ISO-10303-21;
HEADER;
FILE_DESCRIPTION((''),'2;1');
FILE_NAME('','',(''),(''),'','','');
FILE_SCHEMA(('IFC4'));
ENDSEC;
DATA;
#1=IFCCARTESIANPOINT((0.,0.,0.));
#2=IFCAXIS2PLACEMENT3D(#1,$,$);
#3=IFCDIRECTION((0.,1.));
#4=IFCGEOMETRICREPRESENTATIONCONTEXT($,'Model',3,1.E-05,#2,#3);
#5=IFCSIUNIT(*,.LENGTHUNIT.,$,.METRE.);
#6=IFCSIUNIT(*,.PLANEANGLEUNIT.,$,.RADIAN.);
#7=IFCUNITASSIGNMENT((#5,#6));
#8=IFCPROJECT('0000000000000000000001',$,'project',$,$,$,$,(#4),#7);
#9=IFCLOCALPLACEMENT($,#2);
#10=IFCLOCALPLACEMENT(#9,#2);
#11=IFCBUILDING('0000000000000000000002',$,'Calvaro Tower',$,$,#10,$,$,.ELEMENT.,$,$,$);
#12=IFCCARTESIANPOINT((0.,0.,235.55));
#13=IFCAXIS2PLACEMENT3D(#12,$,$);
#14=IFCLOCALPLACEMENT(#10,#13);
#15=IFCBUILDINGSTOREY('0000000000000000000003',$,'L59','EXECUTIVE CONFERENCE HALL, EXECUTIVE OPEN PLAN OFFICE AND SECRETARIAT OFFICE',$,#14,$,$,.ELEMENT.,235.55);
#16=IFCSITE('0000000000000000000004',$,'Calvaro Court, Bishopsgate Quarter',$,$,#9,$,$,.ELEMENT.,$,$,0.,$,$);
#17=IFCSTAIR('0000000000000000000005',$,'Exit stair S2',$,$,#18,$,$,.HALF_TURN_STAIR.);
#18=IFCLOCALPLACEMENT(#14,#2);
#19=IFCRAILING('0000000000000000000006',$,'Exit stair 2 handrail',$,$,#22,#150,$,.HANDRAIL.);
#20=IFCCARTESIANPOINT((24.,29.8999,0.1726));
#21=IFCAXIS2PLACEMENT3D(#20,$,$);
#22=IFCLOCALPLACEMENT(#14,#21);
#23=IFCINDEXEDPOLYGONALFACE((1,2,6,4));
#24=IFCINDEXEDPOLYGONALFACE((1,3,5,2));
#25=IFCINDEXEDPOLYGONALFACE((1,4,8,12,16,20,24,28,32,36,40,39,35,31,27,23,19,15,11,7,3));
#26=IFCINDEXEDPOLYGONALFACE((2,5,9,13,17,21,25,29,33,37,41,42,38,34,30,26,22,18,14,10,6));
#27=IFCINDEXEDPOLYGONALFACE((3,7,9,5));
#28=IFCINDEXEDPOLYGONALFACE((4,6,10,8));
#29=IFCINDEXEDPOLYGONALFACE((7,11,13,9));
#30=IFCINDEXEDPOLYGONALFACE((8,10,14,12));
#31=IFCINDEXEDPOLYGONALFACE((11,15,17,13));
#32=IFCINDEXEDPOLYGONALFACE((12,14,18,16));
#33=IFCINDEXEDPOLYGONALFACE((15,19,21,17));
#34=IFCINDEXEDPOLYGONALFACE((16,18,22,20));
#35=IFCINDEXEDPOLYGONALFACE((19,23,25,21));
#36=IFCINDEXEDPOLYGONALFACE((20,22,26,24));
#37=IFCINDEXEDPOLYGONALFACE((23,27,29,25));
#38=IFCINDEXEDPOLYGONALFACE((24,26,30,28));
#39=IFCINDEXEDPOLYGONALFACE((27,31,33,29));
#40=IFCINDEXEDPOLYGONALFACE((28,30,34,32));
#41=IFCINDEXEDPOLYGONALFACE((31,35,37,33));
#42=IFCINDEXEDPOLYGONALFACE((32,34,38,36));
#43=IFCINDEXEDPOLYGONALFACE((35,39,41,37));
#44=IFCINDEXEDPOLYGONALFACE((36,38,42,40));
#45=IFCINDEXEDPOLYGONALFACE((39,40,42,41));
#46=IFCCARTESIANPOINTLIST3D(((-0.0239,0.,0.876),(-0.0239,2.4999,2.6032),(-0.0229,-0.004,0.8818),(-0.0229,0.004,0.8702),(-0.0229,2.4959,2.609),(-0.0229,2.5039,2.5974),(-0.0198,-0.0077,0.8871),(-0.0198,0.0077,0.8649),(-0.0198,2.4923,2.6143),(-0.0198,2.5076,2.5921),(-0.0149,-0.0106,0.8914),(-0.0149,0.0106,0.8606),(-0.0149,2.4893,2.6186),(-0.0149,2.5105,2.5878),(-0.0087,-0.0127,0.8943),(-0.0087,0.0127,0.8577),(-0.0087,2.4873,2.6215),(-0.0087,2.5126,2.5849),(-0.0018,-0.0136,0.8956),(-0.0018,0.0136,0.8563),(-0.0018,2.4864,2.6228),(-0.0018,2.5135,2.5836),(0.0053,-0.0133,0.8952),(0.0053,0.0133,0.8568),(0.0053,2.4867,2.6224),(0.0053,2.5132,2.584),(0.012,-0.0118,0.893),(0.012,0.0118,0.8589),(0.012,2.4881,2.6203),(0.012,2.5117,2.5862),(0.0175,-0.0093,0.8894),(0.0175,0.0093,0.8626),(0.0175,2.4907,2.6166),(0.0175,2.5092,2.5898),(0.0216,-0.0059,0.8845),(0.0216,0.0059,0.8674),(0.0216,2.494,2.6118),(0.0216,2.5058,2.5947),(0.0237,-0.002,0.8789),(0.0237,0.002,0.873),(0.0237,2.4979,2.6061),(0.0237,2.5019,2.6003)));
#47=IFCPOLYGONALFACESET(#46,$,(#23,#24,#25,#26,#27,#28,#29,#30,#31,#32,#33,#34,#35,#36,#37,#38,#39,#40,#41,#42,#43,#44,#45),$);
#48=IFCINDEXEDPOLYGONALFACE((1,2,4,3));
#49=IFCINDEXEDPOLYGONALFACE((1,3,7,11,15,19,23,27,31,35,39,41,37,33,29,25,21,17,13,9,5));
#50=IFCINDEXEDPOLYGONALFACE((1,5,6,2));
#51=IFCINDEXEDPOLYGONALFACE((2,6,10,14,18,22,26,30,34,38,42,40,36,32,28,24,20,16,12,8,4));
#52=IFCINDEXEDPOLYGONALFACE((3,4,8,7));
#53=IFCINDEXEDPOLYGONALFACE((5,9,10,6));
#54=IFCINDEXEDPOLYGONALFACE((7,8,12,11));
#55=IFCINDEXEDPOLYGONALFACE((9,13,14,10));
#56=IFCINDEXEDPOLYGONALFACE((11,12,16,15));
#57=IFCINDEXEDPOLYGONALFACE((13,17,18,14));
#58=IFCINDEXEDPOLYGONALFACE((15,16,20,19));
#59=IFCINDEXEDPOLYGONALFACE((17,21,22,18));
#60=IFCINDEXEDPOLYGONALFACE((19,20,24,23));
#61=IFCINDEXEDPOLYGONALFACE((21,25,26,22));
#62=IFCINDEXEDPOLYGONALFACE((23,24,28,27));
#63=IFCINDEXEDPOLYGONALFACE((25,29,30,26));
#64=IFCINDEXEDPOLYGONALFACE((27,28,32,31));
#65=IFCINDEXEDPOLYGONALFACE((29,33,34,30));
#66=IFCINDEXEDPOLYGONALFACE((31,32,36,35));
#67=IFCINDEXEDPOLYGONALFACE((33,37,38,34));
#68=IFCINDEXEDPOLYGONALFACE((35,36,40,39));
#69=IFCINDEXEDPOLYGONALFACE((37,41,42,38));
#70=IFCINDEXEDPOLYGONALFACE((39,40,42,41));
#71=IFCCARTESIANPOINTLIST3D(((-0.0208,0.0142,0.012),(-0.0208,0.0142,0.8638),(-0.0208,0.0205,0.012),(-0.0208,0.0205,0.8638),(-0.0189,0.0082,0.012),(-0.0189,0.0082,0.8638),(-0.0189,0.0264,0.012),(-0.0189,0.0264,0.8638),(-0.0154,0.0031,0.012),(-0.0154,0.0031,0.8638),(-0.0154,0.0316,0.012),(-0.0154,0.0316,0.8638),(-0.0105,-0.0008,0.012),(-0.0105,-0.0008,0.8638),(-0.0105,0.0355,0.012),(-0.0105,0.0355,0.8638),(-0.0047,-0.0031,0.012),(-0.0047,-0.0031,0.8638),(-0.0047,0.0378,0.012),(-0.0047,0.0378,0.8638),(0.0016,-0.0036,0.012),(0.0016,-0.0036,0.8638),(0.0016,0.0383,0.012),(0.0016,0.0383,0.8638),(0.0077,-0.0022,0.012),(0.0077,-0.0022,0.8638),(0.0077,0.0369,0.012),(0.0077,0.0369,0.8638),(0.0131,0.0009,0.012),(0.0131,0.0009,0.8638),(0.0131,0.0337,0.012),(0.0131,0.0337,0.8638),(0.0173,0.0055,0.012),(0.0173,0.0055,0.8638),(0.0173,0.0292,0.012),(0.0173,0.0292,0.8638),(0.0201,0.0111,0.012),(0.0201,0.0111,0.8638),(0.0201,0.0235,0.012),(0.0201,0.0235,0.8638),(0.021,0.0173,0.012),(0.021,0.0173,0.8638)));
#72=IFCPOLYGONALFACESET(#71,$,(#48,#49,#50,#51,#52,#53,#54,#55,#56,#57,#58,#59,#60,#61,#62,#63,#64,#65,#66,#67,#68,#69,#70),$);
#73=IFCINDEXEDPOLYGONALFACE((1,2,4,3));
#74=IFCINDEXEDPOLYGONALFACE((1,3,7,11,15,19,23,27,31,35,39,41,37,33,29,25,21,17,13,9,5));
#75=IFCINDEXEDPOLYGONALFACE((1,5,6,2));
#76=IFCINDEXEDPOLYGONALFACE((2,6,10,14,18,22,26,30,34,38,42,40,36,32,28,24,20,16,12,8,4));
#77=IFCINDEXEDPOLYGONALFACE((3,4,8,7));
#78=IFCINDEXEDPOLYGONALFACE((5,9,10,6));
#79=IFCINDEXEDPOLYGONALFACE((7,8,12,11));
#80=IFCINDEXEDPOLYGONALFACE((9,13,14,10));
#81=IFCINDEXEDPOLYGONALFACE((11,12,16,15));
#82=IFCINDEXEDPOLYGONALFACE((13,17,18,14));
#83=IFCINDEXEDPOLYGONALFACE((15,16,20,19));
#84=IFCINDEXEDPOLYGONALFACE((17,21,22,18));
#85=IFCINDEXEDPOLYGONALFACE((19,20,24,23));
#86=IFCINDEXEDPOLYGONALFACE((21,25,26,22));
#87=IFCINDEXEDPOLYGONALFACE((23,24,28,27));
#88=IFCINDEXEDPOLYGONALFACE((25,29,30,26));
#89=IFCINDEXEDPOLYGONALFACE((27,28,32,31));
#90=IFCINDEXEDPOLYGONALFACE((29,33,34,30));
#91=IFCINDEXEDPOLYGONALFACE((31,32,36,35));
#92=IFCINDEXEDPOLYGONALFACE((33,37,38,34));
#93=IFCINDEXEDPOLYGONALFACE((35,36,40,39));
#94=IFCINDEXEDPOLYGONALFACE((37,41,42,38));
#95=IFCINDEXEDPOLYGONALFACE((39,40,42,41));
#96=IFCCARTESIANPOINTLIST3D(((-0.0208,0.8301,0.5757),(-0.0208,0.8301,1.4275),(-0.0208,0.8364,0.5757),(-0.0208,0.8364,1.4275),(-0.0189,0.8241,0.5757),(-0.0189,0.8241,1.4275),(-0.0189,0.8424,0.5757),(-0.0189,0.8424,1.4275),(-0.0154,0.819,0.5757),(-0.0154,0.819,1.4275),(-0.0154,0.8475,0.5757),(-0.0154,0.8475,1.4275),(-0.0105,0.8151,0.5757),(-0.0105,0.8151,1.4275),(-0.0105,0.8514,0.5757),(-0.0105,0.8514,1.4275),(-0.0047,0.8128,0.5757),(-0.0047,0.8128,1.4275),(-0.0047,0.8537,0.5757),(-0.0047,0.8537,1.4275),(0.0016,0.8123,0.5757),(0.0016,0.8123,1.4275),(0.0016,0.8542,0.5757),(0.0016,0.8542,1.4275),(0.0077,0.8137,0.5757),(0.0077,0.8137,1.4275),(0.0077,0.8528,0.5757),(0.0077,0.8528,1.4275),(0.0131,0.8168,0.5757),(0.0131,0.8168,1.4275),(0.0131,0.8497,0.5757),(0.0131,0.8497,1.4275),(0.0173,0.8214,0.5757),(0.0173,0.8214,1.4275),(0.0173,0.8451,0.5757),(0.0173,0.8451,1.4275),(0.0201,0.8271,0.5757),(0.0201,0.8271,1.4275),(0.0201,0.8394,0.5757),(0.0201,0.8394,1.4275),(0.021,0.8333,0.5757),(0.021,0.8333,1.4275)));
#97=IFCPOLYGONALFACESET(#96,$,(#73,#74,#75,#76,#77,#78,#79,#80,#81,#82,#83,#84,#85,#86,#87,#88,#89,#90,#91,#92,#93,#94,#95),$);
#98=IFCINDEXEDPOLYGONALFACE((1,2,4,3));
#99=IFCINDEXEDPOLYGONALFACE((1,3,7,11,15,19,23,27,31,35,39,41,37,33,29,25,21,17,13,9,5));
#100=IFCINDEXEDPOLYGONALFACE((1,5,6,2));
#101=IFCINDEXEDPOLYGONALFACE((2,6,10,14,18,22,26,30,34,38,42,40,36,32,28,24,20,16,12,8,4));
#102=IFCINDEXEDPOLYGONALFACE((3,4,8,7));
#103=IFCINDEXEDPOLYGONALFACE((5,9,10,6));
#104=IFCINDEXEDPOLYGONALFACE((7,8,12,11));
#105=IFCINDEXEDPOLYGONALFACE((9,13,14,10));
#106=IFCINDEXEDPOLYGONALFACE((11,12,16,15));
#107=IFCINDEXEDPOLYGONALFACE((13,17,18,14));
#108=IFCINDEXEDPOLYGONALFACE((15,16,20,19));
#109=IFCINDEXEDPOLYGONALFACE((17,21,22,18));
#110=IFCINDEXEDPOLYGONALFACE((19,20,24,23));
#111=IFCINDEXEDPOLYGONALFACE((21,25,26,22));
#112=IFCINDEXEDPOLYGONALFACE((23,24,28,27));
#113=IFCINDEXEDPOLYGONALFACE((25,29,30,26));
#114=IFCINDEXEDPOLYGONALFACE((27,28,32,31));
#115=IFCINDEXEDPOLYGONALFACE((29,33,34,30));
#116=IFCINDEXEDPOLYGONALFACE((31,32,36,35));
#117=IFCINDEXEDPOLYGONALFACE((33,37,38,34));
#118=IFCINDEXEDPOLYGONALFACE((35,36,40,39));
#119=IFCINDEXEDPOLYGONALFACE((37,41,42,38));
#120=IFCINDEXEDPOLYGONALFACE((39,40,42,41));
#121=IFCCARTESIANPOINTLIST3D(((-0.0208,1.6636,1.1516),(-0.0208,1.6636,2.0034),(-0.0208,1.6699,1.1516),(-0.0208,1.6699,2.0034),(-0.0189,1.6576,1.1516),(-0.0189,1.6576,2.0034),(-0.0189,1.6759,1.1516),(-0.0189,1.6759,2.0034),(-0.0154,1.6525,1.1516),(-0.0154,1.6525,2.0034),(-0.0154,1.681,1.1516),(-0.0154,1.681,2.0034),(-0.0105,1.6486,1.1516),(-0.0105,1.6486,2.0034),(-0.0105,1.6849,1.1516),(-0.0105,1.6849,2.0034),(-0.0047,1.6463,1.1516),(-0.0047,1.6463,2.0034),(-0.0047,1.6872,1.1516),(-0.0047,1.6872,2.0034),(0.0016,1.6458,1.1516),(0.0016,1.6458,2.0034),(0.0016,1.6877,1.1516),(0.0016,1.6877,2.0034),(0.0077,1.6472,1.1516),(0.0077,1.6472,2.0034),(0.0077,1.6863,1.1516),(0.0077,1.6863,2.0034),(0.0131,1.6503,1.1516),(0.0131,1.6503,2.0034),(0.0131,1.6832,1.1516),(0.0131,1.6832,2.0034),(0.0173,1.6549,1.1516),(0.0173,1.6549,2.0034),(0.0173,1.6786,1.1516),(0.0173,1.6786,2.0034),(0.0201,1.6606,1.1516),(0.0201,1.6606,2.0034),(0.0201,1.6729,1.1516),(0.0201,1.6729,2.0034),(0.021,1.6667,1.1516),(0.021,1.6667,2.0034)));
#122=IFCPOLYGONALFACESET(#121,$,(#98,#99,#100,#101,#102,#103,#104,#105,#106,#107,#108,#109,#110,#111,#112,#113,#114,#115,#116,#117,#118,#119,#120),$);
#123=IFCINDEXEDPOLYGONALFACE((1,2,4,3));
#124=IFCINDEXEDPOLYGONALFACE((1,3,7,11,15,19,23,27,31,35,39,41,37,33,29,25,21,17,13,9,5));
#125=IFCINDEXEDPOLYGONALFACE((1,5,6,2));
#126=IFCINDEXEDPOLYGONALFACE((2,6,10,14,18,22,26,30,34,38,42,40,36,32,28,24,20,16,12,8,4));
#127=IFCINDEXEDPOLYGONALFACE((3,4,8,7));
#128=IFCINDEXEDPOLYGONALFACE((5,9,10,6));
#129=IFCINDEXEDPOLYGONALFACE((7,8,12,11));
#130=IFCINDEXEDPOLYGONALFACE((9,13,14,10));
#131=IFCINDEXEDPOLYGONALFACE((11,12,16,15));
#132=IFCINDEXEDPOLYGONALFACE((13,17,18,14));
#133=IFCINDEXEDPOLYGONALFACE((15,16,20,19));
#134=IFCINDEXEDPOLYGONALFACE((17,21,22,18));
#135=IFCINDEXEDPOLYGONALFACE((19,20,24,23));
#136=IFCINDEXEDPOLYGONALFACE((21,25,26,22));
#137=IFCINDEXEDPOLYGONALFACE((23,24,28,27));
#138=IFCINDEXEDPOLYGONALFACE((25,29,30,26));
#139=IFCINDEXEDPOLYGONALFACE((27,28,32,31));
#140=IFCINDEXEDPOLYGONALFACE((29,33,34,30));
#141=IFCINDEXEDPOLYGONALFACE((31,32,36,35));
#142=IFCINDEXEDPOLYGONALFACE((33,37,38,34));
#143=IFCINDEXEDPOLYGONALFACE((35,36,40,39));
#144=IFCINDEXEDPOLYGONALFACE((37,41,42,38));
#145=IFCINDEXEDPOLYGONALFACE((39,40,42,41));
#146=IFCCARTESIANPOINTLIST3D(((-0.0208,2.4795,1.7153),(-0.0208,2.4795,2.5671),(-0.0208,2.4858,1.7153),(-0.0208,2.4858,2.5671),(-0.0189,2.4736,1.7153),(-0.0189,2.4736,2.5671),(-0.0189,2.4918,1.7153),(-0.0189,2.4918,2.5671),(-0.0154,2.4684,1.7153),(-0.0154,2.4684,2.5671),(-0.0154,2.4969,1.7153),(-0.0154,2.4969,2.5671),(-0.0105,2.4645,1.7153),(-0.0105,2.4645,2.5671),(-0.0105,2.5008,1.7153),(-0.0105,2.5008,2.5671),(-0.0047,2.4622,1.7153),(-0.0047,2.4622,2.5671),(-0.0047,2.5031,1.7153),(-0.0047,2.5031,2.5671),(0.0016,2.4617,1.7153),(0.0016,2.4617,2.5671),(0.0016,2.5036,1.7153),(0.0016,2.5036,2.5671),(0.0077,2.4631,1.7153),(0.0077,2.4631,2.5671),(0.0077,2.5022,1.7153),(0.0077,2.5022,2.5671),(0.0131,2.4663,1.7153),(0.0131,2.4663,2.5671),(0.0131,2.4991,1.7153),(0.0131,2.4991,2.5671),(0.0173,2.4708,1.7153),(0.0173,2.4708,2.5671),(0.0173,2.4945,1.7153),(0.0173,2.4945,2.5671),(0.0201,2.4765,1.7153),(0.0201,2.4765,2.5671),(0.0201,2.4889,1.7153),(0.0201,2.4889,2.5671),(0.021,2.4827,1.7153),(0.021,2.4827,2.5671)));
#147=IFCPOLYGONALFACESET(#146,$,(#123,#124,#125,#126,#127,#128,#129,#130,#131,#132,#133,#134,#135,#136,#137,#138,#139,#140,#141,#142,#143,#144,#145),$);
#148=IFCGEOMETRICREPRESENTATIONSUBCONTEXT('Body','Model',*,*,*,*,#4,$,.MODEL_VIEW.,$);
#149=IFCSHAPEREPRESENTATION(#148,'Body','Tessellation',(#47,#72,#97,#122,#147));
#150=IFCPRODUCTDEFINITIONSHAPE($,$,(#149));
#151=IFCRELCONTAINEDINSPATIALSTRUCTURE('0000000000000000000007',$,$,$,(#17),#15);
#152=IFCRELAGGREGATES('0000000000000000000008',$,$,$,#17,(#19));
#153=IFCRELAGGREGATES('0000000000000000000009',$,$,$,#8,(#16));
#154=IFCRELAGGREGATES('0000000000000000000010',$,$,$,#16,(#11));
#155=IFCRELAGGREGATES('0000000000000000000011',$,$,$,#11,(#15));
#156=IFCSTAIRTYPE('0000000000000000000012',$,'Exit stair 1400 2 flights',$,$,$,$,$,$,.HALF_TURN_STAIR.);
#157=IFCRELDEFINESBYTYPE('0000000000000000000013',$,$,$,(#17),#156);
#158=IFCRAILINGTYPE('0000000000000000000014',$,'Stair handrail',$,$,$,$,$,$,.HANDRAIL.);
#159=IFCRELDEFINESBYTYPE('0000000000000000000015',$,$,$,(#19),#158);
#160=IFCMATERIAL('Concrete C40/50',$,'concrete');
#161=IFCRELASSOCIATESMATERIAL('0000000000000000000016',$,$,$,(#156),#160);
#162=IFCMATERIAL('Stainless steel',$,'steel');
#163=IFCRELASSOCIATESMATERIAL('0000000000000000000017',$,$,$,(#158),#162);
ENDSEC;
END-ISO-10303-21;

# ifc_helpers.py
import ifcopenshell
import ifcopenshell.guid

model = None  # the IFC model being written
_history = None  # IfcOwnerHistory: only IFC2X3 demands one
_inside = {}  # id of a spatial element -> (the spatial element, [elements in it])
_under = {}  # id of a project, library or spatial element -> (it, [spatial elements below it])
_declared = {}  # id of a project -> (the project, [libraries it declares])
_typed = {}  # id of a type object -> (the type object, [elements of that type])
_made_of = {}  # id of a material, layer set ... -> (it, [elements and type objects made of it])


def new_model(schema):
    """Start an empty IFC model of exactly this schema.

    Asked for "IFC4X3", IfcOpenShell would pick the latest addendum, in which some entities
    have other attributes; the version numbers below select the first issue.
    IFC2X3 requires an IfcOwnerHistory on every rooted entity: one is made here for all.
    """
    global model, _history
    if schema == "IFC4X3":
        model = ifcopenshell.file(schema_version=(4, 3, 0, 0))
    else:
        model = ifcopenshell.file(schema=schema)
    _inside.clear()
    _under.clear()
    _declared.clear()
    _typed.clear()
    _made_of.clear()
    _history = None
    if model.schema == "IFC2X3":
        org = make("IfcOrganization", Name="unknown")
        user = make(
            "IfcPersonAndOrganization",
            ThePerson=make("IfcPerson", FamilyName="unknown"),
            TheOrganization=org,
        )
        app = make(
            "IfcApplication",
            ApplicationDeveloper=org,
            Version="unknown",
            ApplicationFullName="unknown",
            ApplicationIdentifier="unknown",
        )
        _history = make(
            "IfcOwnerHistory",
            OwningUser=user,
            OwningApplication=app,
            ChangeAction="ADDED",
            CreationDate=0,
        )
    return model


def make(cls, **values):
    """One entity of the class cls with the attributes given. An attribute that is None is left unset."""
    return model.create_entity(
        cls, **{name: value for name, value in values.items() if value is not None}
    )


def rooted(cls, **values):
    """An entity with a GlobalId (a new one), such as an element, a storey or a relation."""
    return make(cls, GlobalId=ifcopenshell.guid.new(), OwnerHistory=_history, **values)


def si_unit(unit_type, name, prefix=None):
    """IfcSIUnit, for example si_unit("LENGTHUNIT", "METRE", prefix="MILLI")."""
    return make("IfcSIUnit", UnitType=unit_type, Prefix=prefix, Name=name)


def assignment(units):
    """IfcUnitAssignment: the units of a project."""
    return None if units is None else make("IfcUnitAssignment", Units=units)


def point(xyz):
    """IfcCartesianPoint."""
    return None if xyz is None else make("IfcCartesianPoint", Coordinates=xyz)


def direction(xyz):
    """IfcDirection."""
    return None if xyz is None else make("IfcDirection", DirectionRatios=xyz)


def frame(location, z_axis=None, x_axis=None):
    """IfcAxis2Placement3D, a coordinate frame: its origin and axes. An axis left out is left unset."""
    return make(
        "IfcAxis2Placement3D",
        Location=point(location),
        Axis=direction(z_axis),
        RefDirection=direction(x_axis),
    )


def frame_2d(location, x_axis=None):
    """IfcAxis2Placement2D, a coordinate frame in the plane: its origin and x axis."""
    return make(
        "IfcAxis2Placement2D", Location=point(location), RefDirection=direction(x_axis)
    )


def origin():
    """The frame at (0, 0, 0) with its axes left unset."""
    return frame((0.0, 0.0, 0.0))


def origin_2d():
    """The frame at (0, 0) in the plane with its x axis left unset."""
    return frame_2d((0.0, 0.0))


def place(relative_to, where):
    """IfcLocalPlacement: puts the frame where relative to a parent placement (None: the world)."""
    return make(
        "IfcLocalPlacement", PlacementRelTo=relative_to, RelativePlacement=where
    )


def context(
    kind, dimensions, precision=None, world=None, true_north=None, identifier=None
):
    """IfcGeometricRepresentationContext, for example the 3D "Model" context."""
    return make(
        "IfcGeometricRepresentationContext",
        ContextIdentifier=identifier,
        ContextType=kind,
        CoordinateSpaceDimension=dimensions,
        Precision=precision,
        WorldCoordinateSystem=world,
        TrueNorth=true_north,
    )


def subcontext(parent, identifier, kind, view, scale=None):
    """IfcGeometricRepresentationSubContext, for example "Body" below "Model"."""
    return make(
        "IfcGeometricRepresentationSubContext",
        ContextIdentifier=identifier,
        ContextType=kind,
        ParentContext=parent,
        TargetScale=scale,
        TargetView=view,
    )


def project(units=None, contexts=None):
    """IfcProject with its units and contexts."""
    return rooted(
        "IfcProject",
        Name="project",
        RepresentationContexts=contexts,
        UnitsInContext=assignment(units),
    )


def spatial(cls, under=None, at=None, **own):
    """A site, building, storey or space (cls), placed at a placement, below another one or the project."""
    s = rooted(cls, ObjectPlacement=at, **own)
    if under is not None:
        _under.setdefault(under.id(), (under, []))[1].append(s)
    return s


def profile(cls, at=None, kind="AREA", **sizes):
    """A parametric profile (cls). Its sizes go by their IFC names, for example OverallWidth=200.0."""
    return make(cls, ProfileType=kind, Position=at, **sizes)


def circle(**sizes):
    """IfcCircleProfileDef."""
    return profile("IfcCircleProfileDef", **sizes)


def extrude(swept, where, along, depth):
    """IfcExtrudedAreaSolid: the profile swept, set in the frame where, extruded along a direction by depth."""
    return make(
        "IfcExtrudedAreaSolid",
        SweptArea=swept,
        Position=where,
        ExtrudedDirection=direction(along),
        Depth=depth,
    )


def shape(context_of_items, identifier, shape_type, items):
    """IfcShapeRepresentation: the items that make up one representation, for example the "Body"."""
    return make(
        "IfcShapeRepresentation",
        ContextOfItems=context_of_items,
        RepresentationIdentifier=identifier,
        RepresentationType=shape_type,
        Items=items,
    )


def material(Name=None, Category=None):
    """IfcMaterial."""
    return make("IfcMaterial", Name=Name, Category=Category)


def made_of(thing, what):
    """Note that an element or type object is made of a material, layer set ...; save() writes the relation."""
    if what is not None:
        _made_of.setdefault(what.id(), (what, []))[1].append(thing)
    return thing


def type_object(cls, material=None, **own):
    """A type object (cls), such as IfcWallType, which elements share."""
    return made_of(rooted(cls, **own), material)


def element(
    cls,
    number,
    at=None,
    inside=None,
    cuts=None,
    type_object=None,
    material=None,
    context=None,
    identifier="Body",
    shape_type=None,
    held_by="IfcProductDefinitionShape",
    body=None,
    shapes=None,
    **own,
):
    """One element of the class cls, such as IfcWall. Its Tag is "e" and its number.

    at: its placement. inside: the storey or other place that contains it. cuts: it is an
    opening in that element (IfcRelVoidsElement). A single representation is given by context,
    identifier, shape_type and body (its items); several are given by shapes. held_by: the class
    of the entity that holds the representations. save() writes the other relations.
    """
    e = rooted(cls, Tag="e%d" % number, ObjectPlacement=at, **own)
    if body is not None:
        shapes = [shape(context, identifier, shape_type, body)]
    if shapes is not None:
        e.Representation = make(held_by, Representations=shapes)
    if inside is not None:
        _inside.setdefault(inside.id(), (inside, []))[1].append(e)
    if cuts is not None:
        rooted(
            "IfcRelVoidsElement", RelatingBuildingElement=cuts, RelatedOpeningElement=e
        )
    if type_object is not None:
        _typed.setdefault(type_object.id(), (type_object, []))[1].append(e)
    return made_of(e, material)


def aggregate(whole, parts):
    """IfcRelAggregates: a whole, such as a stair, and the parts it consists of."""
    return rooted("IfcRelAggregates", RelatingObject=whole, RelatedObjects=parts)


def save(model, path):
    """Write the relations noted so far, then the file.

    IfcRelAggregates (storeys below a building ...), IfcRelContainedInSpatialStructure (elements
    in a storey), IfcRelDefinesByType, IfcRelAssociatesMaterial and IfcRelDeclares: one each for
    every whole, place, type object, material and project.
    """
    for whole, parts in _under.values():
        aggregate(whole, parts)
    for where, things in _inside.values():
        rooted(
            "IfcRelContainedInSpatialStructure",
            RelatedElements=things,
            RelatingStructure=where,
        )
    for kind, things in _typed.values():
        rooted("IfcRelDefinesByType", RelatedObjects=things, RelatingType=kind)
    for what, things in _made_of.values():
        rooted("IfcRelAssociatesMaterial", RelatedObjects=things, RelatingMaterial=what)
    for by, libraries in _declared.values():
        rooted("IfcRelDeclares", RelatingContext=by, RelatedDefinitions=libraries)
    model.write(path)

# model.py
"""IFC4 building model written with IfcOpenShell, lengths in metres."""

from ifc_helpers import new_model, si_unit, direction, frame, origin, origin_2d, place, context, subcontext, project, spatial, circle, extrude, material, type_object, element, aggregate, save


model = new_model("IFC4")

# Units and contexts
model_context = context("Model", 3, precision=1e-05, world=origin(), true_north=direction((0.0, 1.0)))
body_context = subcontext(model_context, "Body", "Model", "MODEL_VIEW")
ifc_project = project(units=[si_unit("LENGTHUNIT", "METRE"), si_unit("PLANEANGLEUNIT", "RADIAN")], contexts=[model_context])

# Site, building, storey
site_placement = place(None, origin())
site = spatial("IfcSite", under=ifc_project, at=site_placement, Name="Calvaro Court, Bishopsgate Quarter", CompositionType="ELEMENT", RefElevation=0.0)
building_placement = place(site_placement, origin())
building = spatial("IfcBuilding", under=site, at=building_placement, Name="Calvaro Tower", CompositionType="ELEMENT")
storey_placement = place(building_placement, frame((0.0, 0.0, 235.55)))
storey = spatial("IfcBuildingStorey", under=building, at=storey_placement, Name="L59", Description="EXECUTIVE CONFERENCE HALL, EXECUTIVE OPEN PLAN OFFICE AND SECRETARIAT OFFICE", CompositionType="ELEMENT", Elevation=235.55)

# Stair, railing
ifc_material_1 = material(Name="Concrete C40/50", Category="concrete")
stair_type = type_object("IfcStairType", Name="Exit stair 1400 2 flights", PredefinedType="HALF_TURN_STAIR", material=ifc_material_1)
stair_placement = place(storey_placement, origin())
stair = element("IfcStair", 1, at=stair_placement, inside=storey, type_object=stair_type, Name="Exit stair S2", PredefinedType="HALF_TURN_STAIR")
ifc_material_2 = material(Name="Stainless steel", Category="steel")
railing_type = type_object("IfcRailingType", Name="Stair handrail", PredefinedType="HANDRAIL", material=ifc_material_2)
railing_placement = place(storey_placement, frame((24.0, 29.8999, 0.1726)))
railing = element("IfcRailing", 2, at=railing_placement, type_object=railing_type, Name="Exit stair 2 handrail", PredefinedType="HANDRAIL", context=body_context, shape_type="SweptSolid", body=[
    extrude(circle(Radius=0.0239, at=origin_2d()), frame((0.0, 0.0, 0.876), z_axis=(0.0, 0.822727, 0.568437), x_axis=(-1.0, 0.0, 0.0)), (0.0, 0.0, 1.0), 3.0386),
    extrude(circle(Radius=0.021, at=origin_2d()), frame((0.0, 0.0173, 0.012)), (0.0, 0.0, 1.0), 0.8518),
    extrude(circle(Radius=0.021, at=origin_2d()), frame((0.0, 0.8333, 0.5757)), (0.0, 0.0, 1.0), 0.8518),
    extrude(circle(Radius=0.021, at=origin_2d()), frame((0.0, 1.6667, 1.1516)), (0.0, 0.0, 1.0), 0.8518),
    extrude(circle(Radius=0.021, at=origin_2d()), frame((0.0, 2.4827, 1.7153)), (0.0, 0.0, 1.0), 0.8518),
])
aggregate(stair, [railing])

save(model, "model.ifc")
